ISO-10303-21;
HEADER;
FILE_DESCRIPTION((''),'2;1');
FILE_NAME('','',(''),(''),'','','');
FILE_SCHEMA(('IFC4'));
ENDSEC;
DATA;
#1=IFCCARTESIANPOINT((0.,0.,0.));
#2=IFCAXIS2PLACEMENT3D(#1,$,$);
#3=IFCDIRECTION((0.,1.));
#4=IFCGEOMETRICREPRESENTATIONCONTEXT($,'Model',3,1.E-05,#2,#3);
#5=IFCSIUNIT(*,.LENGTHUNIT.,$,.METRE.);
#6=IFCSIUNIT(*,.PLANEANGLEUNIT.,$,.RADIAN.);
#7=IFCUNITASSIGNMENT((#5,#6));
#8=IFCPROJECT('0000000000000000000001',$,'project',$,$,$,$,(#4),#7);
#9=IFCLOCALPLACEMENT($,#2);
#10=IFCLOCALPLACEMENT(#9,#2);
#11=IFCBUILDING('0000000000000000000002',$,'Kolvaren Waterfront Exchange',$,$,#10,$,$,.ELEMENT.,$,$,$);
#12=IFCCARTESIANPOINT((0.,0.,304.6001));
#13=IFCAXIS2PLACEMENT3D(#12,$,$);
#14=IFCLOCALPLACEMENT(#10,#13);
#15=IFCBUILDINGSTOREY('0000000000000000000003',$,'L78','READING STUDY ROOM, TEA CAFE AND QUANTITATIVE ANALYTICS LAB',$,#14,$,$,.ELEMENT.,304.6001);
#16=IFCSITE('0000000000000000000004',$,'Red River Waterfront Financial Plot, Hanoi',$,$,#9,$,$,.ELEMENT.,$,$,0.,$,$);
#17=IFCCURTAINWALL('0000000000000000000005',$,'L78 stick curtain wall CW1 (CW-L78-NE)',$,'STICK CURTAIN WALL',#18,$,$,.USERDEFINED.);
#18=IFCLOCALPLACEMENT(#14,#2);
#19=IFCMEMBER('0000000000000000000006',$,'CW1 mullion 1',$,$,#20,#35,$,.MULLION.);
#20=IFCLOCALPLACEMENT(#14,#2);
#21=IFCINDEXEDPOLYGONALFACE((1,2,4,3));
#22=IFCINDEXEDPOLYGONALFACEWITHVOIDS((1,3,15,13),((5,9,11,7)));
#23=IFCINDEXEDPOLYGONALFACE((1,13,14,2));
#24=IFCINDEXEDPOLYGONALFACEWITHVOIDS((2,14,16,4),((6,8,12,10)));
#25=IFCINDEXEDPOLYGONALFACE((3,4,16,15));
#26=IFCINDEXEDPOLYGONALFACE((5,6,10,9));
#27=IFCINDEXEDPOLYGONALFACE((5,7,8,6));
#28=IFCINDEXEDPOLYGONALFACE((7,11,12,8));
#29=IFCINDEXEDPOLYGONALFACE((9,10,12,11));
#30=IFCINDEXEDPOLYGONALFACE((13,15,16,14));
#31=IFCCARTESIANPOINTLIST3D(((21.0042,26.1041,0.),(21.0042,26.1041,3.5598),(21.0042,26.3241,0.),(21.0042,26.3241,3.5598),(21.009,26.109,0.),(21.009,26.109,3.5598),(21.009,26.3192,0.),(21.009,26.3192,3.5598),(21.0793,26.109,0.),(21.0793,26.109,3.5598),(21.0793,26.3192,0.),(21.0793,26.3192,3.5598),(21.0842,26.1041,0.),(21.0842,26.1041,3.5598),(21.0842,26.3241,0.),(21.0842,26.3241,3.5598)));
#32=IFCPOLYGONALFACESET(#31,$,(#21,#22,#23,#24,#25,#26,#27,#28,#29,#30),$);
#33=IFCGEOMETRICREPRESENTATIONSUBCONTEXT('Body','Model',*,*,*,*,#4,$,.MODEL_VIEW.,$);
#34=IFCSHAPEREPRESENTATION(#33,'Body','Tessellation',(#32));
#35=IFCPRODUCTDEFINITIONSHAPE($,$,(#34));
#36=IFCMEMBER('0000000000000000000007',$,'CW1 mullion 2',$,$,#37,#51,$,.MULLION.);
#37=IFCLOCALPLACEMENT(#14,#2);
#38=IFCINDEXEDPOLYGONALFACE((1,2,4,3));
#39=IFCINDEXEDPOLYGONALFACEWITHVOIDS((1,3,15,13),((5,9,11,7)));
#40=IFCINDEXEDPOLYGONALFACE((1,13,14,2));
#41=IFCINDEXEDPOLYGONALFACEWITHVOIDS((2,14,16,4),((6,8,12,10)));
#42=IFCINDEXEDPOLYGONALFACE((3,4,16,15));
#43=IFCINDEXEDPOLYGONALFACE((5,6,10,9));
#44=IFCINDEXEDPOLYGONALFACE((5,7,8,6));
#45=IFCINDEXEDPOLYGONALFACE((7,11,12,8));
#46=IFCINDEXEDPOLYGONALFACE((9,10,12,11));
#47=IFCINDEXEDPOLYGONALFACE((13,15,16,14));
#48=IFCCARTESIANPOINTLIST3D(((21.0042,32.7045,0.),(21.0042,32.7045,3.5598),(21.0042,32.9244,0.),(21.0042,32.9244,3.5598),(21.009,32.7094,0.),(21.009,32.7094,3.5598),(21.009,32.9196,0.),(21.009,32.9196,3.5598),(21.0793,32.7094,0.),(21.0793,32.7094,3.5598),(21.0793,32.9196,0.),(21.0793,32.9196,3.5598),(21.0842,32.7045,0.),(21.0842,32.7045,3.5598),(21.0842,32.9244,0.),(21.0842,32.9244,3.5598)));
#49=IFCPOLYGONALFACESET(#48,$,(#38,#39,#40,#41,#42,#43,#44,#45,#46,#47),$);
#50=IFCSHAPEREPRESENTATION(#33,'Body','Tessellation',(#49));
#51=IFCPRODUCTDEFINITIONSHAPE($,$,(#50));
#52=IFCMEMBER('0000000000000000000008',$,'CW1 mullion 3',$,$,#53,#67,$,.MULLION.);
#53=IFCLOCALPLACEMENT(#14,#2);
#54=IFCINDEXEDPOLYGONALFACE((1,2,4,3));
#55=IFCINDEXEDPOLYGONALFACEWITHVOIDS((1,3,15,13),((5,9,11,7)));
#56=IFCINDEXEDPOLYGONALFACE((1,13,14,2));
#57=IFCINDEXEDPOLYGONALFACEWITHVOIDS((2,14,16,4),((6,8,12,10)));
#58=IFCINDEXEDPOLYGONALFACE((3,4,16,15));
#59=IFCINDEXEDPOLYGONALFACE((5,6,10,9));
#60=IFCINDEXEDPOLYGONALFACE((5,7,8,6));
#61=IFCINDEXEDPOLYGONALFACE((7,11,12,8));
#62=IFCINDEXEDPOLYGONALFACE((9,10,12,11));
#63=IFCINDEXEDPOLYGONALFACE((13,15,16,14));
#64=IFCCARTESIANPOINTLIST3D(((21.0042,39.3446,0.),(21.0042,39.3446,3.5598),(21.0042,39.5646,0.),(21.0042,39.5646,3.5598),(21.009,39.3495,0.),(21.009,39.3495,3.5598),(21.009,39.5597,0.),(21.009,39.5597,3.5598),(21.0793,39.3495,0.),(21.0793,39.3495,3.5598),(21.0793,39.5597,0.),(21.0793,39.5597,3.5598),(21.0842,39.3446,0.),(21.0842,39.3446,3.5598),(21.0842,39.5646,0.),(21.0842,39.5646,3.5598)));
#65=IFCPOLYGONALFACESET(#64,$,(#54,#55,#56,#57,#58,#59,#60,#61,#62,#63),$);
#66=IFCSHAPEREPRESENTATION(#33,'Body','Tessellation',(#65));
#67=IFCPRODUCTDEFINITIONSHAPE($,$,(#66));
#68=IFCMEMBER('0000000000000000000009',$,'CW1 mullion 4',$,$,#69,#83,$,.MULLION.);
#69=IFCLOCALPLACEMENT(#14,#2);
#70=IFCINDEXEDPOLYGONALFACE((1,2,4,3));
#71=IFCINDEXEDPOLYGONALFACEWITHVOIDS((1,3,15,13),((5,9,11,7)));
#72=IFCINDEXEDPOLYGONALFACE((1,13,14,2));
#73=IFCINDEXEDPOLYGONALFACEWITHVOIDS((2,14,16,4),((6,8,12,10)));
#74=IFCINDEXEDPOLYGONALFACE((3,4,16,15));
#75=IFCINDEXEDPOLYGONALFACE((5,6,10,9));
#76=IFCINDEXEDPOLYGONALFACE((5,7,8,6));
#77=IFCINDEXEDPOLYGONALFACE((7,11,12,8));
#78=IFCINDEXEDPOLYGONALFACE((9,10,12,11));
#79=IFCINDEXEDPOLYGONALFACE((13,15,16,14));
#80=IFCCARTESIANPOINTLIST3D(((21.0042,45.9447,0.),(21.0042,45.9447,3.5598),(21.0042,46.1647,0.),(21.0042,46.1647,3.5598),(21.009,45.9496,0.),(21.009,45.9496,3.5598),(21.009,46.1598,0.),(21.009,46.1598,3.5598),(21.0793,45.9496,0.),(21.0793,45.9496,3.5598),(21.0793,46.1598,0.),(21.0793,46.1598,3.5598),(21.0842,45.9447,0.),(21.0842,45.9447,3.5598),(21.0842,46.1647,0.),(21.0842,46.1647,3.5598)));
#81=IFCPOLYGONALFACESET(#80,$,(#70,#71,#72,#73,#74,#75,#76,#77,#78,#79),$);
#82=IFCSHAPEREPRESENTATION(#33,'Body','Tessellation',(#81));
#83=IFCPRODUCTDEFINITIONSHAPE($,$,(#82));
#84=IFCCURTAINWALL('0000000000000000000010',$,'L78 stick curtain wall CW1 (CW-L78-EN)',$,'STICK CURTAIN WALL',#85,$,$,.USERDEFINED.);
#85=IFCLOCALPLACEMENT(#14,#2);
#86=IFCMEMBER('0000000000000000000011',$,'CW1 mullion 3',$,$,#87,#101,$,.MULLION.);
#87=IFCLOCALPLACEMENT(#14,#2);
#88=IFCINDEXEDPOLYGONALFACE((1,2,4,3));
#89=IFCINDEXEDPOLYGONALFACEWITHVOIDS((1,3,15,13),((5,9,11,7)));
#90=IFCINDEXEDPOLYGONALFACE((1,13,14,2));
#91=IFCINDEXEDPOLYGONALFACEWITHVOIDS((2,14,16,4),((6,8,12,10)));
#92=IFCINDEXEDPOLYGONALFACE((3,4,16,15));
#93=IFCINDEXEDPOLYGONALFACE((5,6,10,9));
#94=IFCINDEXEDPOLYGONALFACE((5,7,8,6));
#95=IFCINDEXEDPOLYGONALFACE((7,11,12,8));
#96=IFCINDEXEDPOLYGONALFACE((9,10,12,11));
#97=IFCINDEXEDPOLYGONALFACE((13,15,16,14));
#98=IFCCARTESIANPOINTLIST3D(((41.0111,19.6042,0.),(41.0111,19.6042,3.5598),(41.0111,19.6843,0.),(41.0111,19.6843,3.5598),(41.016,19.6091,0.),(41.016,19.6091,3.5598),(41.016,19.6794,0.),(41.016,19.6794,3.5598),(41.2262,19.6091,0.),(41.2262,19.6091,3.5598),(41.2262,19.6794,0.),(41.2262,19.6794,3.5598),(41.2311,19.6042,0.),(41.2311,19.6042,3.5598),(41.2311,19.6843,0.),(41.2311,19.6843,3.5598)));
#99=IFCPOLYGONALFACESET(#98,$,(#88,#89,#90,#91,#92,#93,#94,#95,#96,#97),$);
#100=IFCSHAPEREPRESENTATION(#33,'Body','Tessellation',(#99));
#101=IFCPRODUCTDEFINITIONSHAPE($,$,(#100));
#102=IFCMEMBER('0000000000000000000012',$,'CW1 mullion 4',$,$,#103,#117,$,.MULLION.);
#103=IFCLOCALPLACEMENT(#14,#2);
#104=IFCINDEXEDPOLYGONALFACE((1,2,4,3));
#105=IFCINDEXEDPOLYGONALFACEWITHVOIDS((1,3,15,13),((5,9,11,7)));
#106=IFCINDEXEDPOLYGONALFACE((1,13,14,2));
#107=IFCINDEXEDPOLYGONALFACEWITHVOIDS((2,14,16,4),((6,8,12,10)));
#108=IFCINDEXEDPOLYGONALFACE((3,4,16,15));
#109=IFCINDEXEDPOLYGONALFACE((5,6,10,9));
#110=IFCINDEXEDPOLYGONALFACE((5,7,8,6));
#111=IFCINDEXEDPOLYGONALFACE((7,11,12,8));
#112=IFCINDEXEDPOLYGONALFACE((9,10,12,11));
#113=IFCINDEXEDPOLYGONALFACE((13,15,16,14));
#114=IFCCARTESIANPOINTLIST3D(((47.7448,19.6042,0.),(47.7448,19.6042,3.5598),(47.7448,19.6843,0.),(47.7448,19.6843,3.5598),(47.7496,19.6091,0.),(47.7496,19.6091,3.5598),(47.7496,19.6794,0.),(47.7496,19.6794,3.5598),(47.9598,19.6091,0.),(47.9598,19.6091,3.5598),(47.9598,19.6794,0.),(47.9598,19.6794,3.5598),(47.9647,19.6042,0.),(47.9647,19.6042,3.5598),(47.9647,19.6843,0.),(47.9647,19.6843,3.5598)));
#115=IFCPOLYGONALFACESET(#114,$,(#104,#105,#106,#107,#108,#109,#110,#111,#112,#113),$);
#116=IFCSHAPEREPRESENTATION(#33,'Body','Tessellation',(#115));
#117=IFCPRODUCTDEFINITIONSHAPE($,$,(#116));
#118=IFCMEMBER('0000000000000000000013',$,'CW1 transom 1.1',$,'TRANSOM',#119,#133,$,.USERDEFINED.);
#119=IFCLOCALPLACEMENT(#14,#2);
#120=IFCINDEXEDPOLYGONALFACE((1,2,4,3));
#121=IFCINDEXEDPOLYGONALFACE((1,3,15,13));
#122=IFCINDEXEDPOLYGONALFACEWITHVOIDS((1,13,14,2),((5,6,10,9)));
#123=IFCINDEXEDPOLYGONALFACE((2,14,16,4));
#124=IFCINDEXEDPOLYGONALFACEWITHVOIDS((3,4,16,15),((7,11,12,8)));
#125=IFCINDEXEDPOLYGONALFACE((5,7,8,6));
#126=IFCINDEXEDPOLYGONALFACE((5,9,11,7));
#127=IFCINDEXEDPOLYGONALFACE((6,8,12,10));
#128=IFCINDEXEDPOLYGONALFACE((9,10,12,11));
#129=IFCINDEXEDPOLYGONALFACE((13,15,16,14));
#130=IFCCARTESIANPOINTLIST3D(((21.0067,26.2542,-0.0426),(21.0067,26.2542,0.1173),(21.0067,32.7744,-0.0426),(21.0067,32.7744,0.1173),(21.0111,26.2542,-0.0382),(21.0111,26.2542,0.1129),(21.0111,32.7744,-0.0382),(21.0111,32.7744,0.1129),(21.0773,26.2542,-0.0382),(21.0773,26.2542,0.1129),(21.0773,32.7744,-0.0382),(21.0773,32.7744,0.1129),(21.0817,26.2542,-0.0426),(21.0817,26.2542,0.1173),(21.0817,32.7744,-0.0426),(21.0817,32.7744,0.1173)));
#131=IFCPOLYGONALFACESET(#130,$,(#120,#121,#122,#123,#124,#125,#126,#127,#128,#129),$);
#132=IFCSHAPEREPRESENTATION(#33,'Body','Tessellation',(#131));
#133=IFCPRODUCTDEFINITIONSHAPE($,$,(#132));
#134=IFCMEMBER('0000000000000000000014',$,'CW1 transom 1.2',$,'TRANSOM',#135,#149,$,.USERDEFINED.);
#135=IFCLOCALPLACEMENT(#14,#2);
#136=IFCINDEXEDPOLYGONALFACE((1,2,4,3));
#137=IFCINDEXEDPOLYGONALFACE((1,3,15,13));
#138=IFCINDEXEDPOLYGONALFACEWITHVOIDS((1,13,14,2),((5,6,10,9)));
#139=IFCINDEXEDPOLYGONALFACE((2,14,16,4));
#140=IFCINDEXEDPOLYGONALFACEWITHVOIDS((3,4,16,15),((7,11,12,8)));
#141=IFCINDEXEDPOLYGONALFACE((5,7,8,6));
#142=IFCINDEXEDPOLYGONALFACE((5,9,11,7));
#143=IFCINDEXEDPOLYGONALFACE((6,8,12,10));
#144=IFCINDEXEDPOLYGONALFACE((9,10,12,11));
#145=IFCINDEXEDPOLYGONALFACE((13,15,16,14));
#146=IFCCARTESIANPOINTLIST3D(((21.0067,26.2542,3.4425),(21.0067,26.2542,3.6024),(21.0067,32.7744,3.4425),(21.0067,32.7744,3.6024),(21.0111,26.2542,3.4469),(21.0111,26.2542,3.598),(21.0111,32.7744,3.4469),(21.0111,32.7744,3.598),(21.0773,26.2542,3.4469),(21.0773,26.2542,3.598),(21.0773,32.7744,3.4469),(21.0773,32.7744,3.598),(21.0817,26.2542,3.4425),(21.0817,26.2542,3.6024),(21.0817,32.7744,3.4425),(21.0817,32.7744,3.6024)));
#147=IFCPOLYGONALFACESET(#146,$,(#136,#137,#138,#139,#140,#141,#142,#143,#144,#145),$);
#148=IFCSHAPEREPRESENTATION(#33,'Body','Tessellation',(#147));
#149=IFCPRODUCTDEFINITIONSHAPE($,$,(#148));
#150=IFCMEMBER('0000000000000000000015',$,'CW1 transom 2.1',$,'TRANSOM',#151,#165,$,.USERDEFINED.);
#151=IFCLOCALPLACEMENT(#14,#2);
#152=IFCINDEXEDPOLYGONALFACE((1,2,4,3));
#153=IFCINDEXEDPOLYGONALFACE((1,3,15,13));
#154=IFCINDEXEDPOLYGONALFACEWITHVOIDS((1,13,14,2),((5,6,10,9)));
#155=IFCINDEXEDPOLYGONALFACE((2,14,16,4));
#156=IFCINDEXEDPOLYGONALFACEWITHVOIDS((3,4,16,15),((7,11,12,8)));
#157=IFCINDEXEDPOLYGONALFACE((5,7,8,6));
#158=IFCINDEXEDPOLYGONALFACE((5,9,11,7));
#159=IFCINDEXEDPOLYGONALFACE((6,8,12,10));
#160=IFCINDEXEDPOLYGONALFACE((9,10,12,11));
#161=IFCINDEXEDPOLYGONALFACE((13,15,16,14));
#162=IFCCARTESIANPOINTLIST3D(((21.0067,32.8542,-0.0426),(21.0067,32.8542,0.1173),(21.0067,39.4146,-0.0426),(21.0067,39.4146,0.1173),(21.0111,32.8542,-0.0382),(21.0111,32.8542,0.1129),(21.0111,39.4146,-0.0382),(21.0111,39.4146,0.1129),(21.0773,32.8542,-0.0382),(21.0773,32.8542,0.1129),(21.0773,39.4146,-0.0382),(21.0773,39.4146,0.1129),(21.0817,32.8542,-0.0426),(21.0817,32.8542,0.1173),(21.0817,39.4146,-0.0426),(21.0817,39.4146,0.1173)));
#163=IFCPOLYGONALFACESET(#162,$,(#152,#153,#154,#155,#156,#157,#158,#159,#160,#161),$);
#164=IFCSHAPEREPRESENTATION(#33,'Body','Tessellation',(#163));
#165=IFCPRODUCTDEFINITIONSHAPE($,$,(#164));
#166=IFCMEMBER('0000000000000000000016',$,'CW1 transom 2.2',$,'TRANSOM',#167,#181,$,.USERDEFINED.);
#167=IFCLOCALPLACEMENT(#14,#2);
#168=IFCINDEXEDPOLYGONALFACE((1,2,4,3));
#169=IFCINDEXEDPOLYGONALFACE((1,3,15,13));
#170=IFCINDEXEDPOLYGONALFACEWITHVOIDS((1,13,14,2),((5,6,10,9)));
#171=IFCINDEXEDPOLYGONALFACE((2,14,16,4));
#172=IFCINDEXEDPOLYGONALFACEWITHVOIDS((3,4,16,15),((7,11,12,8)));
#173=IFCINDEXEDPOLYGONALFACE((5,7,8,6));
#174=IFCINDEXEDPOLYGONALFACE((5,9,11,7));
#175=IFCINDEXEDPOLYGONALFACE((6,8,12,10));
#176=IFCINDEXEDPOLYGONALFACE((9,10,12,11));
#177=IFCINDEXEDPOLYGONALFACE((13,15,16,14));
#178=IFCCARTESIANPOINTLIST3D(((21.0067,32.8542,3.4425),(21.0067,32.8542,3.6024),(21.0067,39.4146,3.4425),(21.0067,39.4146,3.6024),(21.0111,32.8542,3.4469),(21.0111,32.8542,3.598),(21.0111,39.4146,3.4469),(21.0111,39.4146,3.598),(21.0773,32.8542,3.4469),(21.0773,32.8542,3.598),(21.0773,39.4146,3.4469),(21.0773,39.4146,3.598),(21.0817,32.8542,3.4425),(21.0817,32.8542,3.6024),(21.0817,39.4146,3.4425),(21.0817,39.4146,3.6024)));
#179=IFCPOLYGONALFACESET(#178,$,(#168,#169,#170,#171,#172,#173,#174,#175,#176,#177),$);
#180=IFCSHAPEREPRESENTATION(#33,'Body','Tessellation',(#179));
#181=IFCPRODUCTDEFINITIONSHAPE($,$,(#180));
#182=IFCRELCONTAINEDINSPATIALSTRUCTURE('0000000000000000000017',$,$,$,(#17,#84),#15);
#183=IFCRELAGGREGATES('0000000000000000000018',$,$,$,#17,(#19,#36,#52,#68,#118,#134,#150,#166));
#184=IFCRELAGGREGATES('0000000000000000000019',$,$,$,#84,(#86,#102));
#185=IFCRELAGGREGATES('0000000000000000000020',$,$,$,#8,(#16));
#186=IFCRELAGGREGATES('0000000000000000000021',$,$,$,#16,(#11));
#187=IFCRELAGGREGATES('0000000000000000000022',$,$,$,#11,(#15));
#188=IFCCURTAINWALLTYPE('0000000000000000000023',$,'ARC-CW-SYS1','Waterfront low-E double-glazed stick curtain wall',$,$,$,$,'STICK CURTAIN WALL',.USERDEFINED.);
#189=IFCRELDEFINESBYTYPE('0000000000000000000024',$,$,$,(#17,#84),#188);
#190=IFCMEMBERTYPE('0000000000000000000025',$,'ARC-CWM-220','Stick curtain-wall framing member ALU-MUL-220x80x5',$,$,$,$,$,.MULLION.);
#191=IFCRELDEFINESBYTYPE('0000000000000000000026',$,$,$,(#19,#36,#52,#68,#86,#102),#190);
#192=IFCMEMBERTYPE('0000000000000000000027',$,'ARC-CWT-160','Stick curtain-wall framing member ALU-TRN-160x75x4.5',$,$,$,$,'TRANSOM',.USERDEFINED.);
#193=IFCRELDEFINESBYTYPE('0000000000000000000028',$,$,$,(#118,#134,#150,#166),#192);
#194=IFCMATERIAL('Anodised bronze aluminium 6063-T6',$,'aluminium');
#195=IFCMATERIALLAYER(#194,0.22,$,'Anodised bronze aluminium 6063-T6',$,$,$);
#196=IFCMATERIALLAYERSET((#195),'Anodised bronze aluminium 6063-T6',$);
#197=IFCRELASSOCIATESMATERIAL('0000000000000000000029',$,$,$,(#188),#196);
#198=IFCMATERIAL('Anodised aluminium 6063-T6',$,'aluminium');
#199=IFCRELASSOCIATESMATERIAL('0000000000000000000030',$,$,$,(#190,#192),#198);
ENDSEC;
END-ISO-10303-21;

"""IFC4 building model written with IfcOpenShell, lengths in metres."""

from ifc_helpers import new_model, si_unit, direction, frame, origin, origin_with_axes, origin_2d, place, context, subcontext, project, spatial, hollow_rectangle, extrude, source, transform, mapped, material, layer, layer_set, material_profile, profile_set, type_object, element, aggregate, save


model = new_model("IFC4")

# Units and contexts
model_context = context("Model", 3, precision=1e-05, world=origin(), true_north=direction((0.0, 1.0)))
body_context = subcontext(model_context, "Body", "Model", "MODEL_VIEW")
ifc_project = project(units=[si_unit("LENGTHUNIT", "METRE"), si_unit("PLANEANGLEUNIT", "RADIAN")], contexts=[model_context])

# Site, building, storey
site_placement = place(None, origin())
site = spatial("IfcSite", under=ifc_project, at=site_placement, Name="Red River Waterfront Financial Plot, Hanoi", CompositionType="ELEMENT", RefElevation=0.0)
building_placement = place(site_placement, origin())
building = spatial("IfcBuilding", under=site, at=building_placement, Name="Kolvaren Waterfront Exchange", CompositionType="ELEMENT")
storey_placement = place(building_placement, frame((0.0, 0.0, 304.6001)))
storey = spatial("IfcBuildingStorey", under=building, at=storey_placement, Name="L78", Description="READING STUDY ROOM, TEA CAFE AND QUANTITATIVE ANALYTICS LAB", CompositionType="ELEMENT", Elevation=304.6001)

# Curtain walls, members
ifc_material_1 = material(Name="Anodised bronze aluminium 6063-T6", Category="aluminium")
ifc_layer_1 = layer(ifc_material_1, 0.22, Name="Anodised bronze aluminium 6063-T6")
ifc_layer_set_1 = layer_set([ifc_layer_1], Name="Anodised bronze aluminium 6063-T6")
curtain_wall_type = type_object("IfcCurtainWallType", Name="ARC-CW-SYS1", Description="Waterfront low-E double-glazed stick curtain wall", ElementType="STICK CURTAIN WALL", PredefinedType="USERDEFINED", material=ifc_layer_set_1)
curtain_wall_1_placement = place(storey_placement, origin())
curtain_wall_1 = element("IfcCurtainWall", 1, at=curtain_wall_1_placement, inside=storey, type_object=curtain_wall_type, Name="L78 stick curtain wall CW1 (CW-L78-NE)", ObjectType="STICK CURTAIN WALL", PredefinedType="USERDEFINED")
ifc_material_2 = material(Name="Anodised aluminium 6063-T6", Category="aluminium")
ifc_material_profile_1 = material_profile(ifc_material_2, hollow_rectangle(XDim=0.0801, YDim=0.22, WallThickness=0.0049, at=origin_2d()), Name="ALU-MUL-220x80x5")
ifc_profile_set_1 = profile_set([ifc_material_profile_1], Name="Anodised aluminium 6063-T6")
member_type_1 = type_object("IfcMemberType", Name="ARC-CWM-220", Description="Stick curtain-wall framing member ALU-MUL-220x80x5", PredefinedType="MULLION", material=ifc_profile_set_1)
shared_shape_1 = source(origin_with_axes(), body_context, "Body", "SweptSolid", [
    extrude(hollow_rectangle(XDim=0.0801, YDim=0.22, WallThickness=0.0049, at=origin_2d()), origin(), (0.0, 0.0, 1.0), 3.5598),
])
member_1_placement = place(storey_placement, frame((21.0442, 26.2141, 0.0), z_axis=(0.0, 0.0, 1.0), x_axis=(-1.0, 0.0, 0.0)))
member_1 = element("IfcMember", 2, at=member_1_placement, type_object=member_type_1, Name="CW1 mullion 1", PredefinedType="MULLION", context=body_context, shape_type="MappedRepresentation", body=[
    mapped(shared_shape_1, transform((0.0, 0.0, 0.0), x_axis=(1.0, 0.0, 0.0), y_axis=(0.0, 1.0, 0.0), z_axis=(0.0, 0.0, 1.0), scale=1.0)),
])
member_2_placement = place(storey_placement, frame((21.0442, 32.8145, 0.0), z_axis=(0.0, 0.0, 1.0), x_axis=(-1.0, 0.0, 0.0)))
member_2 = element("IfcMember", 3, at=member_2_placement, type_object=member_type_1, Name="CW1 mullion 2", PredefinedType="MULLION", context=body_context, shape_type="MappedRepresentation", body=[
    mapped(shared_shape_1, transform((0.0, 0.0, 0.0), x_axis=(1.0, 0.0, 0.0), y_axis=(0.0, 1.0, 0.0), z_axis=(0.0, 0.0, 1.0), scale=1.0)),
])
member_3_placement = place(storey_placement, frame((21.0442, 39.4546, 0.0), z_axis=(0.0, 0.0, 1.0), x_axis=(-1.0, 0.0, 0.0)))
member_3 = element("IfcMember", 4, at=member_3_placement, type_object=member_type_1, Name="CW1 mullion 3", PredefinedType="MULLION", context=body_context, shape_type="MappedRepresentation", body=[
    mapped(shared_shape_1, transform((0.0, 0.0, 0.0), x_axis=(1.0, 0.0, 0.0), y_axis=(0.0, 1.0, 0.0), z_axis=(0.0, 0.0, 1.0), scale=1.0)),
])
member_4_placement = place(storey_placement, frame((21.0442, 46.0547, 0.0), z_axis=(0.0, 0.0, 1.0), x_axis=(-1.0, 0.0, 0.0)))
member_4 = element("IfcMember", 5, at=member_4_placement, type_object=member_type_1, Name="CW1 mullion 4", PredefinedType="MULLION", context=body_context, shape_type="MappedRepresentation", body=[
    mapped(shared_shape_1, transform((0.0, 0.0, 0.0), x_axis=(1.0, 0.0, 0.0), y_axis=(0.0, 1.0, 0.0), z_axis=(0.0, 0.0, 1.0), scale=1.0)),
])
curtain_wall_2_placement = place(storey_placement, origin())
curtain_wall_2 = element("IfcCurtainWall", 6, at=curtain_wall_2_placement, inside=storey, type_object=curtain_wall_type, Name="L78 stick curtain wall CW1 (CW-L78-EN)", ObjectType="STICK CURTAIN WALL", PredefinedType="USERDEFINED")
member_5_placement = place(storey_placement, frame((41.1211, 19.6443, 0.0), z_axis=(0.0, 0.0, 1.0), x_axis=(0.0, 1.0, 0.0)))
member_5 = element("IfcMember", 7, at=member_5_placement, type_object=member_type_1, Name="CW1 mullion 3", PredefinedType="MULLION", context=body_context, shape_type="MappedRepresentation", body=[
    mapped(shared_shape_1, transform((0.0, 0.0, 0.0), x_axis=(1.0, 0.0, 0.0), y_axis=(0.0, 1.0, 0.0), z_axis=(0.0, 0.0, 1.0), scale=1.0)),
])
member_6_placement = place(storey_placement, frame((47.8547, 19.6443, 0.0), z_axis=(0.0, 0.0, 1.0), x_axis=(0.0, 1.0, 0.0)))
member_6 = element("IfcMember", 8, at=member_6_placement, type_object=member_type_1, Name="CW1 mullion 4", PredefinedType="MULLION", context=body_context, shape_type="MappedRepresentation", body=[
    mapped(shared_shape_1, transform((0.0, 0.0, 0.0), x_axis=(1.0, 0.0, 0.0), y_axis=(0.0, 1.0, 0.0), z_axis=(0.0, 0.0, 1.0), scale=1.0)),
])

# Members
ifc_material_profile_2 = material_profile(ifc_material_2, hollow_rectangle(XDim=0.075, YDim=0.1599, WallThickness=0.0044, at=origin_2d()), Name="ALU-TRN-160x75x4.5")
ifc_profile_set_2 = profile_set([ifc_material_profile_2], Name="Anodised aluminium 6063-T6")
member_type_2 = type_object("IfcMemberType", Name="ARC-CWT-160", Description="Stick curtain-wall framing member ALU-TRN-160x75x4.5", ElementType="TRANSOM", PredefinedType="USERDEFINED", material=ifc_profile_set_2)
shared_shape_2 = source(origin_with_axes(), body_context, "Body", "SweptSolid", [
    extrude(hollow_rectangle(XDim=0.075, YDim=0.1599, WallThickness=0.0044, at=origin_2d()), origin(), (0.0, 0.0, 1.0), 6.5203),
])
member_7_placement = place(storey_placement, frame((21.0442, 26.2542, 0.0374), z_axis=(0.0, 1.0, 0.0), x_axis=(-1.0, 0.0, 0.0)))
member_7 = element("IfcMember", 9, at=member_7_placement, type_object=member_type_2, Name="CW1 transom 1.1", ObjectType="TRANSOM", PredefinedType="USERDEFINED", context=body_context, shape_type="MappedRepresentation", body=[
    mapped(shared_shape_2, transform((0.0, 0.0, 0.0), x_axis=(1.0, 0.0, 0.0), y_axis=(0.0, 1.0, 0.0), z_axis=(0.0, 0.0, 1.0), scale=1.0)),
])
member_8_placement = place(storey_placement, frame((21.0442, 26.2542, 3.5225), z_axis=(0.0, 1.0, 0.0), x_axis=(-1.0, 0.0, 0.0)))
member_8 = element("IfcMember", 10, at=member_8_placement, type_object=member_type_2, Name="CW1 transom 1.2", ObjectType="TRANSOM", PredefinedType="USERDEFINED", context=body_context, shape_type="MappedRepresentation", body=[
    mapped(shared_shape_2, transform((0.0, 0.0, 0.0), x_axis=(1.0, 0.0, 0.0), y_axis=(0.0, 1.0, 0.0), z_axis=(0.0, 0.0, 1.0), scale=1.0)),
])
shared_shape_3 = source(origin_with_axes(), body_context, "Body", "SweptSolid", [
    extrude(hollow_rectangle(XDim=0.075, YDim=0.1599, WallThickness=0.0044, at=origin_2d()), origin(), (0.0, 0.0, 1.0), 6.5603),
])
member_9_placement = place(storey_placement, frame((21.0442, 32.8542, 0.0374), z_axis=(0.0, 1.0, 0.0), x_axis=(-1.0, 0.0, 0.0)))
member_9 = element("IfcMember", 11, at=member_9_placement, type_object=member_type_2, Name="CW1 transom 2.1", ObjectType="TRANSOM", PredefinedType="USERDEFINED", context=body_context, shape_type="MappedRepresentation", body=[
    mapped(shared_shape_3, transform((0.0, 0.0, 0.0), x_axis=(1.0, 0.0, 0.0), y_axis=(0.0, 1.0, 0.0), z_axis=(0.0, 0.0, 1.0), scale=1.0)),
])
member_10_placement = place(storey_placement, frame((21.0442, 32.8542, 3.5225), z_axis=(0.0, 1.0, 0.0), x_axis=(-1.0, 0.0, 0.0)))
member_10 = element("IfcMember", 12, at=member_10_placement, type_object=member_type_2, Name="CW1 transom 2.2", ObjectType="TRANSOM", PredefinedType="USERDEFINED", context=body_context, shape_type="MappedRepresentation", body=[
    mapped(shared_shape_3, transform((0.0, 0.0, 0.0), x_axis=(1.0, 0.0, 0.0), y_axis=(0.0, 1.0, 0.0), z_axis=(0.0, 0.0, 1.0), scale=1.0)),
])

aggregate(curtain_wall_1, [member_1, member_2, member_3, member_4, member_7, member_8, member_9, member_10])
aggregate(curtain_wall_2, [member_5, member_6])

save(model, "model.ifc")
